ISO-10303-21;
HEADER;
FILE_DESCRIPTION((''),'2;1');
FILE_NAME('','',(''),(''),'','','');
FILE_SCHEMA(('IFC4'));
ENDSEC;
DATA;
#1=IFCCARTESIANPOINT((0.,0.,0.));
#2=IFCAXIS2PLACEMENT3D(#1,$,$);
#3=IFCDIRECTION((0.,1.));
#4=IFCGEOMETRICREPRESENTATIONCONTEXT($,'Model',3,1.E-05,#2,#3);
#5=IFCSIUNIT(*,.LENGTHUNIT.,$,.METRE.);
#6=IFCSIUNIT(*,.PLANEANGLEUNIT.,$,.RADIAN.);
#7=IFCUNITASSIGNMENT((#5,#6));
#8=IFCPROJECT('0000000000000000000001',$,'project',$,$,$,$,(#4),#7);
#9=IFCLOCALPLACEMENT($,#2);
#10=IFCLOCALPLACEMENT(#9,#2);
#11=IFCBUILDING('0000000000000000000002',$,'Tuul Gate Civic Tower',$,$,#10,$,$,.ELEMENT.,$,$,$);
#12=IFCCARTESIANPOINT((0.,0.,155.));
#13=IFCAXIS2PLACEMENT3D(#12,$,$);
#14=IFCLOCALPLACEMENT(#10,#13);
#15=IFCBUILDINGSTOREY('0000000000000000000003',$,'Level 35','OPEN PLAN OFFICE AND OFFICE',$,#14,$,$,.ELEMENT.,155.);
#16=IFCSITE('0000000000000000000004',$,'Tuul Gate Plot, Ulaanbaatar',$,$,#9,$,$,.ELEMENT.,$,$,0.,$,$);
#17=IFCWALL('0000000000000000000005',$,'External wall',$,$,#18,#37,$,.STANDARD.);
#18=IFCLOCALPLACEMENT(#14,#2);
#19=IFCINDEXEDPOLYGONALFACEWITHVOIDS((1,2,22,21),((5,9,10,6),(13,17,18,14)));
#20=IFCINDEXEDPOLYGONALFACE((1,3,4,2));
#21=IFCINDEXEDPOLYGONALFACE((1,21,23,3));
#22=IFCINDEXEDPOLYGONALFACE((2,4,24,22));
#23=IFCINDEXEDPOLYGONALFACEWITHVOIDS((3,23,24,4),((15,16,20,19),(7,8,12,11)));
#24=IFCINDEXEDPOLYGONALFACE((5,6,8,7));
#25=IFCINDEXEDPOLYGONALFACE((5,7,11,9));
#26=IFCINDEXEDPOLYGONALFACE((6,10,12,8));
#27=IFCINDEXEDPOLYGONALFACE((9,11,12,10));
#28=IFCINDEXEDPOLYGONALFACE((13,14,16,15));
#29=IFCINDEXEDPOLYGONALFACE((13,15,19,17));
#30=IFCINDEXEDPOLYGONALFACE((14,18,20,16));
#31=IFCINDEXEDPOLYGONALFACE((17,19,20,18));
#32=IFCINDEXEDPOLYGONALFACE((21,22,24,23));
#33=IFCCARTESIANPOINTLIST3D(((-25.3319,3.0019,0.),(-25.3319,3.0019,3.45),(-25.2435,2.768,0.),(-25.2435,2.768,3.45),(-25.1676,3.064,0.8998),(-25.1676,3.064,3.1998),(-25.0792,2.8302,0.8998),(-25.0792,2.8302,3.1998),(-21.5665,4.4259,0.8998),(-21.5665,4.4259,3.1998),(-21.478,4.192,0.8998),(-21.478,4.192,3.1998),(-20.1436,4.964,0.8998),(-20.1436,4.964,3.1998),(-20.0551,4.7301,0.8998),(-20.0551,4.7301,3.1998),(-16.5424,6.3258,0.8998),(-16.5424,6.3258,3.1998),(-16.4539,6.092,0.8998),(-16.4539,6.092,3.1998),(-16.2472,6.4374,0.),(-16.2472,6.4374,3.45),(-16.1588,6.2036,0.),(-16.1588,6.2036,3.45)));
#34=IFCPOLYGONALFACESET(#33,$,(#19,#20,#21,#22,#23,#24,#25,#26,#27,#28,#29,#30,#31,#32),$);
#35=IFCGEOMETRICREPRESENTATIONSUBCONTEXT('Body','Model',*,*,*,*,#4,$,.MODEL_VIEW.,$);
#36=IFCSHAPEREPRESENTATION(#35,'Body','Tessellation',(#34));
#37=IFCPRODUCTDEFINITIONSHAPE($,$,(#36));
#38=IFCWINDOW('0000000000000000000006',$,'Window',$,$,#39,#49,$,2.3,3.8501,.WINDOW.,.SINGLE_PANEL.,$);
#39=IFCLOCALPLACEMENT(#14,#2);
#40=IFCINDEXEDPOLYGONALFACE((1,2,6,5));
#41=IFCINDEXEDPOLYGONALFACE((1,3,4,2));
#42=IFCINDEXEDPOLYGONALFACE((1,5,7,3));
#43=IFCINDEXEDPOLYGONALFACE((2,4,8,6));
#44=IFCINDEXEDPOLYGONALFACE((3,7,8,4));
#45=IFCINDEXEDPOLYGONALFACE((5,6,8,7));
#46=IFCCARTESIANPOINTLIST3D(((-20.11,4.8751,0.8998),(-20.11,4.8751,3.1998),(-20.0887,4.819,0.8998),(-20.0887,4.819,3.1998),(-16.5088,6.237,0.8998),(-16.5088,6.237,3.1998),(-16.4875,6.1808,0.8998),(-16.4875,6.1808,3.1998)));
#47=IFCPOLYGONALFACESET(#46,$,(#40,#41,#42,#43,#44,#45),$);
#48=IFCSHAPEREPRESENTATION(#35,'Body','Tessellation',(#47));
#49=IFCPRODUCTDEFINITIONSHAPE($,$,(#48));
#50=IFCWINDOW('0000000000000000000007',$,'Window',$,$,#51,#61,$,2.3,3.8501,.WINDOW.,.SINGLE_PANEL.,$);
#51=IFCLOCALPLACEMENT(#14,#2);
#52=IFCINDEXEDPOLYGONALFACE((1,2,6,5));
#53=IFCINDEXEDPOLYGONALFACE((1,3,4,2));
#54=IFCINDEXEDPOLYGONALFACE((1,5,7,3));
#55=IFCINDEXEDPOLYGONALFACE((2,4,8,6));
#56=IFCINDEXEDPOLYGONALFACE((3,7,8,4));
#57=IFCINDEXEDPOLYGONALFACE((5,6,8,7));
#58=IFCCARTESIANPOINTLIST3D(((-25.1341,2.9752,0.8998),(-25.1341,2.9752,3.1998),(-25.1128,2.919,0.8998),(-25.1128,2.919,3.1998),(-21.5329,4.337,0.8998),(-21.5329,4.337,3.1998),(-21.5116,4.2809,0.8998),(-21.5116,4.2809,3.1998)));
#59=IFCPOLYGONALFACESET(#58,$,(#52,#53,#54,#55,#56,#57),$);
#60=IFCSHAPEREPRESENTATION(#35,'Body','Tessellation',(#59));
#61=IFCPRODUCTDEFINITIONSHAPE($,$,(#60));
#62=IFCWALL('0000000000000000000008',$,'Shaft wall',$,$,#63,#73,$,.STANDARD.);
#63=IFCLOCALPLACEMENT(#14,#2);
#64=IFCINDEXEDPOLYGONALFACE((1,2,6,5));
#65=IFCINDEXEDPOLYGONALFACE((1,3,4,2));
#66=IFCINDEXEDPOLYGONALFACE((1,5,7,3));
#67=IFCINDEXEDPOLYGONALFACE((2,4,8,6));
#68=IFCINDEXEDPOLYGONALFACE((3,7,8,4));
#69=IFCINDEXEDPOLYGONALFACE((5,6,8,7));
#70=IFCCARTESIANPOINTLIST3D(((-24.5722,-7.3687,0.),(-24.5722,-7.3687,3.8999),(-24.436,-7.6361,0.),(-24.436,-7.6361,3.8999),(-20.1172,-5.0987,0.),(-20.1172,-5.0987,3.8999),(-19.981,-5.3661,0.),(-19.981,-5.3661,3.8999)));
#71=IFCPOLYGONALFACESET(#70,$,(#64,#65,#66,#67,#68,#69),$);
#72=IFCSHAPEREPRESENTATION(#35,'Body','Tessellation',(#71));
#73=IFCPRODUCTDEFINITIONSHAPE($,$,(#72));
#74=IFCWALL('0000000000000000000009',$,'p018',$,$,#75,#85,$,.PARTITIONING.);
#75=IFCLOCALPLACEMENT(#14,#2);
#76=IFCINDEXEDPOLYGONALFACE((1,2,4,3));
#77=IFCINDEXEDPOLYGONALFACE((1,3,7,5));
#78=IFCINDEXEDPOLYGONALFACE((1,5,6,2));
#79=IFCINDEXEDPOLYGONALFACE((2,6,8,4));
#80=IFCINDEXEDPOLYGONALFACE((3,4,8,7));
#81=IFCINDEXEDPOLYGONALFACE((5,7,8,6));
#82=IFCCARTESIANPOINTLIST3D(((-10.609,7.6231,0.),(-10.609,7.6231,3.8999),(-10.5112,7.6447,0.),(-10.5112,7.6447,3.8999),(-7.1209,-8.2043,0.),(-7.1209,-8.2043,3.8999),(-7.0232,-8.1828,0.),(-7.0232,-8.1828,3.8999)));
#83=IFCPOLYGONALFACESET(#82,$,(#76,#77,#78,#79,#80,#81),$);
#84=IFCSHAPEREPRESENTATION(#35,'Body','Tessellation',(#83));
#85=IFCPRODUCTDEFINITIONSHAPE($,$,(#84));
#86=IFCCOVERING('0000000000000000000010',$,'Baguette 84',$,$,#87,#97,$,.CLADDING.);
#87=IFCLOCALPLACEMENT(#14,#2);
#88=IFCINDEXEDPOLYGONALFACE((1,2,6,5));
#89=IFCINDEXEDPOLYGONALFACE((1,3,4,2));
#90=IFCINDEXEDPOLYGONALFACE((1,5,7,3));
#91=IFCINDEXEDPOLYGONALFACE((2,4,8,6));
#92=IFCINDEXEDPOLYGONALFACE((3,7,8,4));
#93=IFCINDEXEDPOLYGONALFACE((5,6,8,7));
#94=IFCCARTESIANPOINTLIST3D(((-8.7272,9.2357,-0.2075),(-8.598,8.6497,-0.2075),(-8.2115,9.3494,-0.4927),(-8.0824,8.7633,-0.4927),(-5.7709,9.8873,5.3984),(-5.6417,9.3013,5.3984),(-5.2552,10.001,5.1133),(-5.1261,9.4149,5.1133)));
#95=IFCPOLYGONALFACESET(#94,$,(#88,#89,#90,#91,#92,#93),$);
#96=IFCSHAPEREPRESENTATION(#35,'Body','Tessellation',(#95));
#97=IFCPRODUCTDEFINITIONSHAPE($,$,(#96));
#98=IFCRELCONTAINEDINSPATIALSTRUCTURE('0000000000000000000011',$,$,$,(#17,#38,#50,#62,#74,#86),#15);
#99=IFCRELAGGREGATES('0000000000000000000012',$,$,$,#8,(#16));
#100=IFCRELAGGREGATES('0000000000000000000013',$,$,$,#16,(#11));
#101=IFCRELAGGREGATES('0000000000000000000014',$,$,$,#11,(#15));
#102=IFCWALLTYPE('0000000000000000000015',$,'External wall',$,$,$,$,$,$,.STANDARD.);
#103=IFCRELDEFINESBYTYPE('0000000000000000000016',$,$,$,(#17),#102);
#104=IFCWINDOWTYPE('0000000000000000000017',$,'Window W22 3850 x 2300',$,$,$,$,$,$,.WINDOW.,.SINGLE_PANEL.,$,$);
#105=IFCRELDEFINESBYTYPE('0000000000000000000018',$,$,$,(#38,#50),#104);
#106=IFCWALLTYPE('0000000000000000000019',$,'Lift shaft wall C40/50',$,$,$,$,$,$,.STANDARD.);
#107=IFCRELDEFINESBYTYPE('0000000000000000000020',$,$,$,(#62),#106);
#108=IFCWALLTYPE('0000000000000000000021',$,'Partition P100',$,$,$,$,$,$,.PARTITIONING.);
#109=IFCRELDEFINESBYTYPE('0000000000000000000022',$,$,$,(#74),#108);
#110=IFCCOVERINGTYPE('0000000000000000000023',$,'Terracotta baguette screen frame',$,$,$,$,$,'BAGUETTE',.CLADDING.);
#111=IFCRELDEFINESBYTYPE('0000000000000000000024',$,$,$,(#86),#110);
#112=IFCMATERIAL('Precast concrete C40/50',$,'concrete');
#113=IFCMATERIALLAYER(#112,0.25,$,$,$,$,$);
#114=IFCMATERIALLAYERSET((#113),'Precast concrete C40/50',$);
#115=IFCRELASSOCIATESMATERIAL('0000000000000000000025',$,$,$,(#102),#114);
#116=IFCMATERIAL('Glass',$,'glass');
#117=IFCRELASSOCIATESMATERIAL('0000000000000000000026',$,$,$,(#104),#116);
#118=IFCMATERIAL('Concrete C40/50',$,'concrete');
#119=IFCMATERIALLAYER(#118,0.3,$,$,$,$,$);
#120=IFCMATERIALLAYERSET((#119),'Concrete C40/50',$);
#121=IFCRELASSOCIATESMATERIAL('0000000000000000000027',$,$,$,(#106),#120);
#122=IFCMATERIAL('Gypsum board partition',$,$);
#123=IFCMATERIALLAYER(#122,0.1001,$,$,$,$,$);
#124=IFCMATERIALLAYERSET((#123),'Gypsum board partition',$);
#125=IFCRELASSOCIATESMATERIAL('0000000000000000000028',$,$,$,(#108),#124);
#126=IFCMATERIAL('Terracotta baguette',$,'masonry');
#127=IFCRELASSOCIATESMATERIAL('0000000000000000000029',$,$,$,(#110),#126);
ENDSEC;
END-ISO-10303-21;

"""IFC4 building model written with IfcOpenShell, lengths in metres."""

from ifc_helpers import new_model, si_unit, direction, frame, frame_2d, origin, origin_2d, place, context, subcontext, project, spatial, rectangle, extrude, material, layer, layer_set, material_profile, profile_set, type_object, element, fill, save


model = new_model("IFC4")

# Units and contexts
model_context = context("Model", 3, precision=1e-05, world=origin(), true_north=direction((0.0, 1.0)))
body_context = subcontext(model_context, "Body", "Model", "MODEL_VIEW")
ifc_project = project(units=[si_unit("LENGTHUNIT", "METRE"), si_unit("PLANEANGLEUNIT", "RADIAN")], contexts=[model_context])

# Site, building, storey
site_placement = place(None, origin())
site = spatial("IfcSite", under=ifc_project, at=site_placement, Name="Tuul Gate Plot, Ulaanbaatar", CompositionType="ELEMENT", RefElevation=0.0)
building_placement = place(site_placement, origin())
building = spatial("IfcBuilding", under=site, at=building_placement, Name="Tuul Gate Civic Tower", CompositionType="ELEMENT")
storey_placement = place(building_placement, frame((0.0, 0.0, 155.0)))
storey = spatial("IfcBuildingStorey", under=building, at=storey_placement, Name="Level 35", Description="OPEN PLAN OFFICE AND OFFICE", CompositionType="ELEMENT", Elevation=155.0)

# Wall, openings, windows
ifc_material_1 = material(Name="Precast concrete C40/50", Category="concrete")
ifc_layer_1 = layer(ifc_material_1, 0.25)
ifc_layer_set_1 = layer_set([ifc_layer_1], Name="Precast concrete C40/50")
wall_type_1 = type_object("IfcWallType", Name="External wall", PredefinedType="STANDARD", material=ifc_layer_set_1)
ifc_material_2 = material(Name="Glass", Category="glass")
window_type = type_object("IfcWindowType", Name="Window W22 3850 x 2300", PartitioningType="SINGLE_PANEL", PredefinedType="WINDOW", material=ifc_material_2)
wall_1_placement = place(storey_placement, frame((-16.2029, 6.3206, 0.0), z_axis=(0.0, 0.0, 1.0), x_axis=(-0.935351, -0.35372, 0.0)))
wall_1 = element("IfcWall", 1, at=wall_1_placement, inside=storey, type_object=wall_type_1, Name="External wall", PredefinedType="STANDARD", context=body_context, shape_type="SweptSolid", body=[
    extrude(rectangle(XDim=9.7126, YDim=0.25, at=frame_2d((4.8564, 0.0))), origin(), (0.0, 0.0, 1.0), 3.45),
])
opening_1_placement = place(wall_1_placement, frame((0.3157, 0.0, 0.8999)))
opening_1 = element("IfcOpeningElement", 2, at=opening_1_placement, cuts=wall_1, PredefinedType="OPENING", context=body_context, shape_type="SweptSolid", body=[
    extrude(rectangle(XDim=3.8501, YDim=2.3, at=frame_2d((1.925, 1.1499))), frame((0.0, 0.135, 0.0), z_axis=(0.0, -1.0, 0.0), x_axis=(1.0, 0.0, 0.0)), (0.0, 0.0, 1.0), 0.27),
])
opening_2_placement = place(wall_1_placement, frame((5.687, 0.0, 0.8999)))
opening_2 = element("IfcOpeningElement", 3, at=opening_2_placement, cuts=wall_1, PredefinedType="OPENING", context=body_context, shape_type="SweptSolid", body=[
    extrude(rectangle(XDim=3.8501, YDim=2.3, at=frame_2d((1.925, 1.1499))), frame((0.0, 0.135, 0.0), z_axis=(0.0, -1.0, 0.0), x_axis=(1.0, 0.0, 0.0)), (0.0, 0.0, 1.0), 0.27),
])
window_1_placement = place(opening_1_placement, origin())
window_1 = element("IfcWindow", 4, at=window_1_placement, inside=storey, type_object=window_type, Name="Window", OverallHeight=2.3, OverallWidth=3.8501, PartitioningType="SINGLE_PANEL", PredefinedType="WINDOW", context=body_context, shape_type="SweptSolid", body=[
    extrude(rectangle(XDim=3.8501, YDim=2.3, at=frame_2d((1.925, 1.1499))), frame((0.0, 0.03, 0.0), z_axis=(0.0, -1.0, 0.0), x_axis=(1.0, 0.0, 0.0)), (0.0, 0.0, 1.0), 0.0601),
])
fill(opening_1, window_1)
window_2_placement = place(opening_2_placement, origin())
window_2 = element("IfcWindow", 5, at=window_2_placement, inside=storey, type_object=window_type, Name="Window", OverallHeight=2.3, OverallWidth=3.8501, PartitioningType="SINGLE_PANEL", PredefinedType="WINDOW", context=body_context, shape_type="SweptSolid", body=[
    extrude(rectangle(XDim=3.8501, YDim=2.3, at=frame_2d((1.925, 1.1499))), frame((0.0, 0.03, 0.0), z_axis=(0.0, -1.0, 0.0), x_axis=(1.0, 0.0, 0.0)), (0.0, 0.0, 1.0), 0.0601),
])
fill(opening_2, window_2)

# Walls
ifc_material_3 = material(Name="Concrete C40/50", Category="concrete")
ifc_layer_2 = layer(ifc_material_3, 0.3)
ifc_layer_set_2 = layer_set([ifc_layer_2], Name="Concrete C40/50")
wall_type_2 = type_object("IfcWallType", Name="Lift shaft wall C40/50", PredefinedType="STANDARD", material=ifc_layer_set_2)
wall_2_placement = place(storey_placement, frame((-20.0491, -5.2324, 0.0), z_axis=(0.0, 0.0, 1.0), x_axis=(-0.891003, -0.453997, 0.0)))
element("IfcWall", 6, at=wall_2_placement, inside=storey, type_object=wall_type_2, Name="Shaft wall", PredefinedType="STANDARD", context=body_context, shape_type="SweptSolid", body=[
    extrude(rectangle(XDim=5.0, YDim=0.3, at=frame_2d((2.5, 0.0))), origin(), (0.0, 0.0, 1.0), 3.8999),
])
ifc_material_4 = material(Name="Gypsum board partition")
ifc_layer_3 = layer(ifc_material_4, 0.1001)
ifc_layer_set_3 = layer_set([ifc_layer_3], Name="Gypsum board partition")
wall_type_3 = type_object("IfcWallType", Name="Partition P100", PredefinedType="PARTITIONING", material=ifc_layer_set_3)
wall_3_placement = place(storey_placement, frame((-10.5601, 7.6338, 0.0), z_axis=(0.0, 0.0, 1.0), x_axis=(0.215216, -0.976567, 0.0)))
element("IfcWall", 7, at=wall_3_placement, inside=storey, type_object=wall_type_3, Name="p018", PredefinedType="PARTITIONING", context=body_context, shape_type="SweptSolid", body=[
    extrude(rectangle(XDim=16.2073, YDim=0.1001, at=frame_2d((8.1035, 0.0))), origin(), (0.0, 0.0, 1.0), 3.8999),
])

# Covering
ifc_material_5 = material(Name="Terracotta baguette", Category="masonry")
ifc_material_profile_1 = material_profile(ifc_material_5, rectangle(XDim=0.6001, YDim=0.6001, at=origin_2d()), Name="Terracotta baguette screen frame")
ifc_profile_set_1 = profile_set([ifc_material_profile_1], Name="Terracotta baguette")
covering_type = type_object("IfcCoveringType", Name="Terracotta baguette screen frame", ElementType="BAGUETTE", PredefinedType="CLADDING", material=ifc_profile_set_1)
covering_placement = place(storey_placement, frame((-5.4485, 9.6511, 5.2559), z_axis=(-0.464016, -0.102276, -0.879903), x_axis=(0.215248, -0.976559, 0.0)))
element("IfcCovering", 8, at=covering_placement, inside=storey, type_object=covering_type, Name="Baguette 84", PredefinedType="CLADDING", context=body_context, shape_type="SweptSolid", body=[
    extrude(rectangle(XDim=0.6001, YDim=0.6001, at=origin_2d()), origin(), (0.0, 0.0, 1.0), 6.3711),
])

save(model, "model.ifc")
